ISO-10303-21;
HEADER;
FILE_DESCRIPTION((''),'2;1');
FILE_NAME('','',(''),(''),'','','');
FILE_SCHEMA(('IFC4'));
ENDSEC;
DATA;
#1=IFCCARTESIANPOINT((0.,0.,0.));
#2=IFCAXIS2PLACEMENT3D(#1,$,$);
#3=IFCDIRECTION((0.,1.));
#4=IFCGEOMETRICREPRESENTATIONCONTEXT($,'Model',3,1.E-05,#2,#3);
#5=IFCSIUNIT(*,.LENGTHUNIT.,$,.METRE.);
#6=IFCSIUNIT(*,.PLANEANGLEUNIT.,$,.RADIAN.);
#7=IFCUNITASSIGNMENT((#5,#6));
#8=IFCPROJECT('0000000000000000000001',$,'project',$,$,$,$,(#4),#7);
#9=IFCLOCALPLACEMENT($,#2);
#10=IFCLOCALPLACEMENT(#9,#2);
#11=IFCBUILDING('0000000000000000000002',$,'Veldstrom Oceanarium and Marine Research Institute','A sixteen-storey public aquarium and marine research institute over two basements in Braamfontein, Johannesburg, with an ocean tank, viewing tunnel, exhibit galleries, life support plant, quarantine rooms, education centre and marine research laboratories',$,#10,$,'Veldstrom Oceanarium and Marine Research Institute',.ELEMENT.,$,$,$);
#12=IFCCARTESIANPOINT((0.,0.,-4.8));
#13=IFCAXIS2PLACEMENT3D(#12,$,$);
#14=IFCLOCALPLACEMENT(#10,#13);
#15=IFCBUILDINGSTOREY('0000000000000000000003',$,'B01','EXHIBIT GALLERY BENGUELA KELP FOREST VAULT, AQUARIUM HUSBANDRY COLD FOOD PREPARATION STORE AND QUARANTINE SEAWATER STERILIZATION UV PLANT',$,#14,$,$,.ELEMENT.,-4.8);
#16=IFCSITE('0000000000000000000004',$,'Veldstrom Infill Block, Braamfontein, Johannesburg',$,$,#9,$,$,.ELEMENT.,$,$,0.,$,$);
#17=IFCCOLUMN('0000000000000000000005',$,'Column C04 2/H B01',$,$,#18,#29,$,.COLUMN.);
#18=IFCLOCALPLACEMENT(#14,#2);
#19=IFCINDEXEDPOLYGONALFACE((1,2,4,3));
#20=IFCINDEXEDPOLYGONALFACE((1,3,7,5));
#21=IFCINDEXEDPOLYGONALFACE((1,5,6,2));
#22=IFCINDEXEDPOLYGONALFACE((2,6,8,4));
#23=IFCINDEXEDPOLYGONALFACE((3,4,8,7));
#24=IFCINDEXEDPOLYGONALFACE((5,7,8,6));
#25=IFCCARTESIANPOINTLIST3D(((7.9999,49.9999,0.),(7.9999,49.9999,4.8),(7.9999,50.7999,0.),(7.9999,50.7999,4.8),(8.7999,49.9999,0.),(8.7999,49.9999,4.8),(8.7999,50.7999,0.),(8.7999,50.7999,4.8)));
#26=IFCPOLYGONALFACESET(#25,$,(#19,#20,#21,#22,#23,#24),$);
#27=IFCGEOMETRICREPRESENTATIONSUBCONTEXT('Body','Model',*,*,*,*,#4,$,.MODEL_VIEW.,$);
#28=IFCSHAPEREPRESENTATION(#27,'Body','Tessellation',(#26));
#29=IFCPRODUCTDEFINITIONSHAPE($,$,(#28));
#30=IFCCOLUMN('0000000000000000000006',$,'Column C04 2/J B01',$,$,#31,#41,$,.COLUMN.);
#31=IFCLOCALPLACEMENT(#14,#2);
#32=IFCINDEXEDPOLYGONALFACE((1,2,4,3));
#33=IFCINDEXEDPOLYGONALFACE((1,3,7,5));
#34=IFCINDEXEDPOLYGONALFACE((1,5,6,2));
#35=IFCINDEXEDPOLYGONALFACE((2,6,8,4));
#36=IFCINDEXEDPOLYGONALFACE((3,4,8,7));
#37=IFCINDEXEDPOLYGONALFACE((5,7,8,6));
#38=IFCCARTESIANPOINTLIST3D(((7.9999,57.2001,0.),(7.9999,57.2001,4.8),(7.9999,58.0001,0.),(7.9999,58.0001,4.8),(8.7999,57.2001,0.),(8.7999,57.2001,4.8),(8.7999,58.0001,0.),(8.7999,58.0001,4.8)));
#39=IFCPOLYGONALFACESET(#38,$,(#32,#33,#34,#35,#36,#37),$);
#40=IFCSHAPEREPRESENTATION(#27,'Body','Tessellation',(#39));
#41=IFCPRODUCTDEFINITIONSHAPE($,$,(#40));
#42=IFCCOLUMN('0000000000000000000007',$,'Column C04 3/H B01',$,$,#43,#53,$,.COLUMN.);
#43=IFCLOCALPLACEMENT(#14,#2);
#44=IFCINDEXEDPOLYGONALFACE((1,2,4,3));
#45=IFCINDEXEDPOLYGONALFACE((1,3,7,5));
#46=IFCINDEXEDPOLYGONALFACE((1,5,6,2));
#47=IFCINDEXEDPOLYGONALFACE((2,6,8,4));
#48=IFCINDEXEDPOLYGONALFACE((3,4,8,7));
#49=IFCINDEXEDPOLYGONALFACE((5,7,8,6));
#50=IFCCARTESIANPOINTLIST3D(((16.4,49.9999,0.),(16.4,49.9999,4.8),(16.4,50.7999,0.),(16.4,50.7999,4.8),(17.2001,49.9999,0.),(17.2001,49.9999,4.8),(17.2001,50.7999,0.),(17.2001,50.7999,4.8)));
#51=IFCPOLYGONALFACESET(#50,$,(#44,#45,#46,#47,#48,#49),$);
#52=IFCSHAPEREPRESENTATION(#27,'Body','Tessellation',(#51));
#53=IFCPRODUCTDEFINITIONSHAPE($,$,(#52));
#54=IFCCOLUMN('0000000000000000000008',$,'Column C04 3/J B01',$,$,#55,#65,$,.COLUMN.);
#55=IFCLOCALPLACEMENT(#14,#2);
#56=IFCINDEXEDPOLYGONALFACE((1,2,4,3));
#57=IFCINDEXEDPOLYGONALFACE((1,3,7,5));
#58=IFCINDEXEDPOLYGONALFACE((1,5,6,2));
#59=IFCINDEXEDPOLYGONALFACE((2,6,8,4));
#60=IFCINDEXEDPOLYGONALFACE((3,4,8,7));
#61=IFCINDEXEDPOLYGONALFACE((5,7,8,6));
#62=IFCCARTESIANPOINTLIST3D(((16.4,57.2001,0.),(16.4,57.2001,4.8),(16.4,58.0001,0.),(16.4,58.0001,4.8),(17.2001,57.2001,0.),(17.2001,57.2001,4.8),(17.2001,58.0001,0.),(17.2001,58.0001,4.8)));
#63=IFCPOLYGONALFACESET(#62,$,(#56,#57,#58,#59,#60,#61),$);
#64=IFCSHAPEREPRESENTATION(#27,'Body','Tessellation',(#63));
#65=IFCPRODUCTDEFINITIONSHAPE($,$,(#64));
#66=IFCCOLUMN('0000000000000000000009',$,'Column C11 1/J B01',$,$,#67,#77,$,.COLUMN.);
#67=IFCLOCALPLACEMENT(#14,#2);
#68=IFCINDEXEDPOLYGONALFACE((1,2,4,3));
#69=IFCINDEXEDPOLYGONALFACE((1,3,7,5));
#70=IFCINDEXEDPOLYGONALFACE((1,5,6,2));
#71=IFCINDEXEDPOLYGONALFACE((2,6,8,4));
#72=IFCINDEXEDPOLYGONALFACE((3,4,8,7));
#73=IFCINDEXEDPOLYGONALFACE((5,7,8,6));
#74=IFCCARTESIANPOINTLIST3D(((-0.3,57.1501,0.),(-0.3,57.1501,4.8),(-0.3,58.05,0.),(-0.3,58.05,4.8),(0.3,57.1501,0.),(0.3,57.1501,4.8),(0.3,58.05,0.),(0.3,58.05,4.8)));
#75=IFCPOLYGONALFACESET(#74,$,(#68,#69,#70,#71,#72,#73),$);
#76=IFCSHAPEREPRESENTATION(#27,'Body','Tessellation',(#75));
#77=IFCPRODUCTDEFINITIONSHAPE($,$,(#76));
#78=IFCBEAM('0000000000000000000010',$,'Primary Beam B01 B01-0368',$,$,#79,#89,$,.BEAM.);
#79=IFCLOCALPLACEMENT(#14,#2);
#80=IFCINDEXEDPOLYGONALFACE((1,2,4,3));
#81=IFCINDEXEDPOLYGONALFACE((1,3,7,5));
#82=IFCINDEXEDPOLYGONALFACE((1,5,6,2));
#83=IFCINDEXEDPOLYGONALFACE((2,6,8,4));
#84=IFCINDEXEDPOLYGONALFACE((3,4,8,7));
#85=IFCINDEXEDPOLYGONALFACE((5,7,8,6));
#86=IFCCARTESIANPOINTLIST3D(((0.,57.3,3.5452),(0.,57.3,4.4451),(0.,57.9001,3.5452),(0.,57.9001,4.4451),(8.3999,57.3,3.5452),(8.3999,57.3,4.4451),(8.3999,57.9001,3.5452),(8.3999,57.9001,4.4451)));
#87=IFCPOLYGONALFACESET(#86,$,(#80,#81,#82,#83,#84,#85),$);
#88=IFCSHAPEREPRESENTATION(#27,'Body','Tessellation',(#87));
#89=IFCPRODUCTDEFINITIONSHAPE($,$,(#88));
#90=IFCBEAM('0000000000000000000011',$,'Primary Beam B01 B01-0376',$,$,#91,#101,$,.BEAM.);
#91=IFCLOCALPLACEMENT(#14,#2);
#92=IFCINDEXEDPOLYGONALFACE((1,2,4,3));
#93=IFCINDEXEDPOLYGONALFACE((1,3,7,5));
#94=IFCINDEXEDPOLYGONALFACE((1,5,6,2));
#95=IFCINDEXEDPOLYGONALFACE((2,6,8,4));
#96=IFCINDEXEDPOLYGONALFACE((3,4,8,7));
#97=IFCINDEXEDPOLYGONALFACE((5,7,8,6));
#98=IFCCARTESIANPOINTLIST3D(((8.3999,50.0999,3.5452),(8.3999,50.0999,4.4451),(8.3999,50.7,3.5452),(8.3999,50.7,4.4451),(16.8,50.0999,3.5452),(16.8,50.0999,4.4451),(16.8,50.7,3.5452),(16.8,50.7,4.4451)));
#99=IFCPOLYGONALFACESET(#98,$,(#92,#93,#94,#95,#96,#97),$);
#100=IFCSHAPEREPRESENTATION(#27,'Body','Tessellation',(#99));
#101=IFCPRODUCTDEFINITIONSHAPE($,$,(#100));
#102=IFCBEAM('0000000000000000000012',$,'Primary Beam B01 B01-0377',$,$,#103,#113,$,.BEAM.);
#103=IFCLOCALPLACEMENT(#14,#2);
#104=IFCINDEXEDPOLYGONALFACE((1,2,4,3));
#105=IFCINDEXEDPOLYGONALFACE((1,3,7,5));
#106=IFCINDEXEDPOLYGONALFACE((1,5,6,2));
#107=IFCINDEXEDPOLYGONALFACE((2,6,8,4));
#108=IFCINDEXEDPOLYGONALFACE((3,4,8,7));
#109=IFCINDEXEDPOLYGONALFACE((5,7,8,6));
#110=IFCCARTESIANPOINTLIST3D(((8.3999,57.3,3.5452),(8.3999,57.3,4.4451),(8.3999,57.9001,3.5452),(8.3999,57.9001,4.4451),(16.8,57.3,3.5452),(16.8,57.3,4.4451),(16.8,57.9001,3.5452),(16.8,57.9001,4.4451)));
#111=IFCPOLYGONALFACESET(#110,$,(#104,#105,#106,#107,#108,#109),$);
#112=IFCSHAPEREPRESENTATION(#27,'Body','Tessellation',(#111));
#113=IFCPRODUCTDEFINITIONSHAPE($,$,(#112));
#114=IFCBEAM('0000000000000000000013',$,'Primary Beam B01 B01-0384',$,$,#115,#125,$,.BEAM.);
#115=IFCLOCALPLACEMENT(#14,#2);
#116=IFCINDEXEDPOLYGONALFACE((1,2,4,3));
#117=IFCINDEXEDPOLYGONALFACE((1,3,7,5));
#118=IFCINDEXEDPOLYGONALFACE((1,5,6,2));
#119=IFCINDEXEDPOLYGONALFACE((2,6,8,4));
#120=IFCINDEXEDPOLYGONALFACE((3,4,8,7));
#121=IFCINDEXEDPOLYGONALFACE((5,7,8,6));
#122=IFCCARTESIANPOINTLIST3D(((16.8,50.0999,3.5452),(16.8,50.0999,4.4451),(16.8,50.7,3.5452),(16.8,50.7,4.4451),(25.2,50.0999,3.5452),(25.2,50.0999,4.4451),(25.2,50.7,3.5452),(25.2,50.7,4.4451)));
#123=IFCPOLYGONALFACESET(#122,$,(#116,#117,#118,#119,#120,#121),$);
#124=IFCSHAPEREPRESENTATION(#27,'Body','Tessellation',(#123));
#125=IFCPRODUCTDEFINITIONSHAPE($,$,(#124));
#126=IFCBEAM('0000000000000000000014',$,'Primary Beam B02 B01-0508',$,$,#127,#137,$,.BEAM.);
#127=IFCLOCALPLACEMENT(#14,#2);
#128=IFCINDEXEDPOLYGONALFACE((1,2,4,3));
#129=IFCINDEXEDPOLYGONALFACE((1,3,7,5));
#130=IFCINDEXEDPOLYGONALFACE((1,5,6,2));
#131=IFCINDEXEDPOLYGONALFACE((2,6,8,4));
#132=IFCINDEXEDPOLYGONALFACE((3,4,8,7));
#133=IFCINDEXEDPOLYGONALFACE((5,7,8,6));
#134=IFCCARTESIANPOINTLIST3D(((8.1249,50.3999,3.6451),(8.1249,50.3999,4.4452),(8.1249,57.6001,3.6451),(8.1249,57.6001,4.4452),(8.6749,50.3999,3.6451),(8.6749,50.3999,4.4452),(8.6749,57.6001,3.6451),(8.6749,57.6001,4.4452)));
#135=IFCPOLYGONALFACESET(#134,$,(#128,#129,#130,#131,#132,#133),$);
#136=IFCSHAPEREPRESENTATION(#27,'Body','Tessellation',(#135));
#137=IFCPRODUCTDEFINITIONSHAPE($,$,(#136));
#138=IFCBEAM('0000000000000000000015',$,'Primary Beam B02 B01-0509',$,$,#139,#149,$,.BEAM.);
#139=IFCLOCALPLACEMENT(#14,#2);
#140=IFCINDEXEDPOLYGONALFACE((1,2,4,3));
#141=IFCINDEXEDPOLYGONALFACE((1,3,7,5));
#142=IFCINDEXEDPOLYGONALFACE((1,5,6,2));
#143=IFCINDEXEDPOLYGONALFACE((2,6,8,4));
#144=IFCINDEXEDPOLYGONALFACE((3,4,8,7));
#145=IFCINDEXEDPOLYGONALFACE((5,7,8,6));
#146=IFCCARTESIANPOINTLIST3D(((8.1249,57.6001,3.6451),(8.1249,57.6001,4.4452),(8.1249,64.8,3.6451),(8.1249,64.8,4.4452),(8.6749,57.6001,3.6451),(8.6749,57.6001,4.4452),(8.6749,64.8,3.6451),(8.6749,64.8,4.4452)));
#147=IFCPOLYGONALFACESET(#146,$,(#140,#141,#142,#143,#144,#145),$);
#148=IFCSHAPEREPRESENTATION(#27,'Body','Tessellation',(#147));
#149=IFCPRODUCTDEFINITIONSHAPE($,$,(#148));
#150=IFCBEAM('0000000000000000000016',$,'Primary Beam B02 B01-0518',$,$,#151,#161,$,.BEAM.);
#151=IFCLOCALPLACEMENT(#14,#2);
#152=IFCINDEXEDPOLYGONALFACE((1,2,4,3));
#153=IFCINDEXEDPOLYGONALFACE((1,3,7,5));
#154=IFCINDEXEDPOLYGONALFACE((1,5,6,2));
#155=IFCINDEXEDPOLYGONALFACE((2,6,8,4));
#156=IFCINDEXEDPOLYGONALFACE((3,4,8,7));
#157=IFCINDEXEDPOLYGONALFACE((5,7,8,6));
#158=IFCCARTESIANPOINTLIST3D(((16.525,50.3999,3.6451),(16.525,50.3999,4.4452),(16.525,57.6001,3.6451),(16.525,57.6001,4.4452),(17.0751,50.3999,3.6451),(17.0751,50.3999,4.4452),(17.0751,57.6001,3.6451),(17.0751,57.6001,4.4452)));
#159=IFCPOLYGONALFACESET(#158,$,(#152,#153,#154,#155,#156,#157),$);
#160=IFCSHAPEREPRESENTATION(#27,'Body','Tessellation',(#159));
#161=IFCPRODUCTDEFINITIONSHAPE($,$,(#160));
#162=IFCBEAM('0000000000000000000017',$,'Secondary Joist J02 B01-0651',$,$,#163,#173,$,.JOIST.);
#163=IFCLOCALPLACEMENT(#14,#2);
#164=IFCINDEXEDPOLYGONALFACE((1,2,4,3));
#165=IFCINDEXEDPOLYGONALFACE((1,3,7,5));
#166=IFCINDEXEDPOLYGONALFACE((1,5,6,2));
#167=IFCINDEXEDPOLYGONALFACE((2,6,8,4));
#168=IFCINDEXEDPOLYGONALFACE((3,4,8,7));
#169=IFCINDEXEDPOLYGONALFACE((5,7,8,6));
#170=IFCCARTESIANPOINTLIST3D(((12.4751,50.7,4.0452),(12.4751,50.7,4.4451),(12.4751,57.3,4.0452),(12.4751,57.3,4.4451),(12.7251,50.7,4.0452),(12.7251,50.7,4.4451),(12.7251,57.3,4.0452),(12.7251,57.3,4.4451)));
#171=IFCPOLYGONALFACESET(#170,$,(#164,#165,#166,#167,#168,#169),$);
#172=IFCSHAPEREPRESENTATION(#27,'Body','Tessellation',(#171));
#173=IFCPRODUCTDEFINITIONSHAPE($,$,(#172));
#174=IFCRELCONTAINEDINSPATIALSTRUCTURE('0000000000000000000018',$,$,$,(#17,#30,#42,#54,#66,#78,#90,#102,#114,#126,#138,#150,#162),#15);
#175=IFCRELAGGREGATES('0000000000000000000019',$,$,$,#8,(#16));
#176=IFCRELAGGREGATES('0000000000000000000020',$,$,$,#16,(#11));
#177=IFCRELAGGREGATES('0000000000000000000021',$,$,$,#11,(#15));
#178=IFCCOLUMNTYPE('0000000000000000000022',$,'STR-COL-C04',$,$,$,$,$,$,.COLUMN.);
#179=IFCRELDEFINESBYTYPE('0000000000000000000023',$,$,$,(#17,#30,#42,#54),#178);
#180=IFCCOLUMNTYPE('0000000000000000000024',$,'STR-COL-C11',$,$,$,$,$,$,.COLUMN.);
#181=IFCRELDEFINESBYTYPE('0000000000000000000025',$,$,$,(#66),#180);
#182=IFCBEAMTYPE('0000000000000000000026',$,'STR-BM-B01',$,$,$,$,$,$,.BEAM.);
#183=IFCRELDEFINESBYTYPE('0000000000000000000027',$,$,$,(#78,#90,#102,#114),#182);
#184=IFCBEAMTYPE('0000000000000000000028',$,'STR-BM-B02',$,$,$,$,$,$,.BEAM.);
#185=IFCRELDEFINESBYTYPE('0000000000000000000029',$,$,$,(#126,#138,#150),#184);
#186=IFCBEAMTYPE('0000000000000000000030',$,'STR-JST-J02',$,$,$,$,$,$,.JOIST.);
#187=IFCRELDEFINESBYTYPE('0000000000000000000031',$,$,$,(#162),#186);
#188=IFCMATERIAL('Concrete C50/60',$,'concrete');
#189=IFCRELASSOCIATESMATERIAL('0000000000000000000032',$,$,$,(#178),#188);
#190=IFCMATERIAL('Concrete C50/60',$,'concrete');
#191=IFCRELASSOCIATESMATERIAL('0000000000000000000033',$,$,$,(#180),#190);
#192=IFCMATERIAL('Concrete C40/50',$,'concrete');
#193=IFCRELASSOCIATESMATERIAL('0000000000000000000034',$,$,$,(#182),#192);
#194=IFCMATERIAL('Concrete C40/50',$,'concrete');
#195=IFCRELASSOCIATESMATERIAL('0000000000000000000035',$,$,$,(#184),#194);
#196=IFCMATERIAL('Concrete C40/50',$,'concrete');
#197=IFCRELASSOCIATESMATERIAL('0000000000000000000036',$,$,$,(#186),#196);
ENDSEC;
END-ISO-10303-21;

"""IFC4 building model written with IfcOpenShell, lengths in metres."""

from ifc_helpers import new_model, si_unit, direction, frame, origin, origin_2d, place, context, subcontext, project, spatial, rectangle, extrude, material, material_profile, profile_set, type_object, element, save


model = new_model("IFC4")

# Units and contexts
model_context = context("Model", 3, precision=1e-05, world=origin(), true_north=direction((0.0, 1.0)))
body_context = subcontext(model_context, "Body", "Model", "MODEL_VIEW")
ifc_project = project(units=[si_unit("LENGTHUNIT", "METRE"), si_unit("PLANEANGLEUNIT", "RADIAN")], contexts=[model_context])

# Site, building, storey
site_placement = place(None, origin())
site = spatial("IfcSite", under=ifc_project, at=site_placement, Name="Veldstrom Infill Block, Braamfontein, Johannesburg", CompositionType="ELEMENT", RefElevation=0.0)
building_placement = place(site_placement, origin())
building = spatial("IfcBuilding", under=site, at=building_placement, Name="Veldstrom Oceanarium and Marine Research Institute", Description="A sixteen-storey public aquarium and marine research institute over two basements in Braamfontein, Johannesburg, with an ocean tank, viewing tunnel, exhibit galleries, life support plant, quarantine rooms, education centre and marine research laboratories", LongName="Veldstrom Oceanarium and Marine Research Institute", CompositionType="ELEMENT")
storey_placement = place(building_placement, frame((0.0, 0.0, -4.8)))
storey = spatial("IfcBuildingStorey", under=building, at=storey_placement, Name="B01", Description="EXHIBIT GALLERY BENGUELA KELP FOREST VAULT, AQUARIUM HUSBANDRY COLD FOOD PREPARATION STORE AND QUARANTINE SEAWATER STERILIZATION UV PLANT", CompositionType="ELEMENT", Elevation=-4.8)

# Columns
ifc_material_1 = material(Name="Concrete C50/60", Category="concrete")
ifc_material_profile_1 = material_profile(ifc_material_1, rectangle(XDim=0.8, YDim=0.8, at=origin_2d()), Name="RC-COL-800x800")
ifc_profile_set_1 = profile_set([ifc_material_profile_1], Name="Concrete C50/60")
column_type_1 = type_object("IfcColumnType", Name="STR-COL-C04", PredefinedType="COLUMN", material=ifc_profile_set_1)
for number, where, z_axis, x_axis, name in (
    (1, (8.3999, 50.3999, 0.0), (0.0, 0.0, 1.0), (1.0, 0.0, 0.0), "Column C04 2/H B01"),
    (2, (8.3999, 57.6001, 0.0), (0.0, 0.0, 1.0), (1.0, 0.0, 0.0), "Column C04 2/J B01"),
    (3, (16.8, 50.3999, 0.0), (0.0, 0.0, 1.0), (1.0, 0.0, 0.0), "Column C04 3/H B01"),
    (4, (16.8, 57.6001, 0.0), (0.0, 0.0, 1.0), (1.0, 0.0, 0.0), "Column C04 3/J B01"),
):
    element("IfcColumn", number, at=place(storey_placement, frame(where, z_axis=z_axis, x_axis=x_axis)), inside=storey, type_object=column_type_1, Name=name, PredefinedType="COLUMN", context=body_context, shape_type="SweptSolid", body=[
        extrude(rectangle(XDim=0.8, YDim=0.8, at=origin_2d()), origin(), (0.0, 0.0, 1.0), 4.8),
    ])
ifc_material_2 = material(Name="Concrete C50/60", Category="concrete")
ifc_material_profile_2 = material_profile(ifc_material_2, rectangle(XDim=0.6001, YDim=0.8999, at=origin_2d()), Name="RC-COL-900x600")
ifc_profile_set_2 = profile_set([ifc_material_profile_2], Name="Concrete C50/60")
column_type_2 = type_object("IfcColumnType", Name="STR-COL-C11", PredefinedType="COLUMN", material=ifc_profile_set_2)
column_placement = place(storey_placement, frame((0.0, 57.6001, 0.0), z_axis=(0.0, 0.0, 1.0), x_axis=(1.0, 0.0, 0.0)))
element("IfcColumn", 5, at=column_placement, inside=storey, type_object=column_type_2, Name="Column C11 1/J B01", PredefinedType="COLUMN", context=body_context, shape_type="SweptSolid", body=[
    extrude(rectangle(XDim=0.6001, YDim=0.8999, at=origin_2d()), origin(), (0.0, 0.0, 1.0), 4.8),
])

# Beams
ifc_material_3 = material(Name="Concrete C40/50", Category="concrete")
ifc_material_profile_3 = material_profile(ifc_material_3, rectangle(XDim=0.6001, YDim=0.8999, at=origin_2d()), Name="RC-BM-600x900")
ifc_profile_set_3 = profile_set([ifc_material_profile_3], Name="Concrete C40/50")
beam_type_1 = type_object("IfcBeamType", Name="STR-BM-B01", PredefinedType="BEAM", material=ifc_profile_set_3)
beam_1_placement = place(storey_placement, frame((0.0, 57.6001, 3.9951), z_axis=(1.0, 0.0, 0.0), x_axis=(0.0, 1.0, 0.0)))
element("IfcBeam", 6, at=beam_1_placement, inside=storey, type_object=beam_type_1, Name="Primary Beam B01 B01-0368", PredefinedType="BEAM", context=body_context, shape_type="SweptSolid", body=[
    extrude(rectangle(XDim=0.6001, YDim=0.8999, at=origin_2d()), origin(), (0.0, 0.0, 1.0), 8.3999),
])
for number, where, z_axis, x_axis, name in (
    (7, (8.3999, 50.3999, 3.9951), (1.0, 0.0, 0.0), (0.0, 1.0, 0.0), "Primary Beam B01 B01-0376"),
    (8, (8.3999, 57.6001, 3.9951), (1.0, 0.0, 0.0), (0.0, 1.0, 0.0), "Primary Beam B01 B01-0377"),
):
    element("IfcBeam", number, at=place(storey_placement, frame(where, z_axis=z_axis, x_axis=x_axis)), inside=storey, type_object=beam_type_1, Name=name, PredefinedType="BEAM", context=body_context, shape_type="SweptSolid", body=[
        extrude(rectangle(XDim=0.6001, YDim=0.8999, at=origin_2d()), origin(), (0.0, 0.0, 1.0), 8.4001),
    ])
beam_2_placement = place(storey_placement, frame((16.8, 50.3999, 3.9951), z_axis=(1.0, 0.0, 0.0), x_axis=(0.0, 1.0, 0.0)))
element("IfcBeam", 9, at=beam_2_placement, inside=storey, type_object=beam_type_1, Name="Primary Beam B01 B01-0384", PredefinedType="BEAM", context=body_context, shape_type="SweptSolid", body=[
    extrude(rectangle(XDim=0.6001, YDim=0.8999, at=origin_2d()), origin(), (0.0, 0.0, 1.0), 8.3999),
])
ifc_material_4 = material(Name="Concrete C40/50", Category="concrete")
ifc_material_profile_4 = material_profile(ifc_material_4, rectangle(XDim=0.55, YDim=0.8, at=origin_2d()), Name="RC-BM-550x800")
ifc_profile_set_4 = profile_set([ifc_material_profile_4], Name="Concrete C40/50")
beam_type_2 = type_object("IfcBeamType", Name="STR-BM-B02", PredefinedType="BEAM", material=ifc_profile_set_4)
beam_3_placement = place(storey_placement, frame((8.3999, 50.3999, 4.0452), z_axis=(0.0, 1.0, 0.0), x_axis=(-1.0, 0.0, 0.0)))
element("IfcBeam", 10, at=beam_3_placement, inside=storey, type_object=beam_type_2, Name="Primary Beam B02 B01-0508", PredefinedType="BEAM", context=body_context, shape_type="SweptSolid", body=[
    extrude(rectangle(XDim=0.55, YDim=0.8, at=origin_2d()), origin(), (0.0, 0.0, 1.0), 7.2002),
])
beam_4_placement = place(storey_placement, frame((8.3999, 57.6001, 4.0452), z_axis=(0.0, 1.0, 0.0), x_axis=(-1.0, 0.0, 0.0)))
element("IfcBeam", 11, at=beam_4_placement, inside=storey, type_object=beam_type_2, Name="Primary Beam B02 B01-0509", PredefinedType="BEAM", context=body_context, shape_type="SweptSolid", body=[
    extrude(rectangle(XDim=0.55, YDim=0.8, at=origin_2d()), origin(), (0.0, 0.0, 1.0), 7.2),
])
beam_5_placement = place(storey_placement, frame((16.8, 50.3999, 4.0452), z_axis=(0.0, 1.0, 0.0), x_axis=(-1.0, 0.0, 0.0)))
element("IfcBeam", 12, at=beam_5_placement, inside=storey, type_object=beam_type_2, Name="Primary Beam B02 B01-0518", PredefinedType="BEAM", context=body_context, shape_type="SweptSolid", body=[
    extrude(rectangle(XDim=0.55, YDim=0.8, at=origin_2d()), origin(), (0.0, 0.0, 1.0), 7.2002),
])
ifc_material_5 = material(Name="Concrete C40/50", Category="concrete")
ifc_material_profile_5 = material_profile(ifc_material_5, rectangle(XDim=0.25, YDim=0.3999, at=origin_2d()), Name="RC-JST-250x400")
ifc_profile_set_5 = profile_set([ifc_material_profile_5], Name="Concrete C40/50")
beam_type_3 = type_object("IfcBeamType", Name="STR-JST-J02", PredefinedType="JOIST", material=ifc_profile_set_5)
beam_6_placement = place(storey_placement, frame((12.6001, 50.7, 4.2451), z_axis=(0.0, 1.0, 0.0), x_axis=(-1.0, 0.0, 0.0)))
element("IfcBeam", 13, at=beam_6_placement, inside=storey, type_object=beam_type_3, Name="Secondary Joist J02 B01-0651", PredefinedType="JOIST", context=body_context, shape_type="SweptSolid", body=[
    extrude(rectangle(XDim=0.25, YDim=0.3999, at=origin_2d()), origin(), (0.0, 0.0, 1.0), 6.6001),
])

save(model, "model.ifc")
